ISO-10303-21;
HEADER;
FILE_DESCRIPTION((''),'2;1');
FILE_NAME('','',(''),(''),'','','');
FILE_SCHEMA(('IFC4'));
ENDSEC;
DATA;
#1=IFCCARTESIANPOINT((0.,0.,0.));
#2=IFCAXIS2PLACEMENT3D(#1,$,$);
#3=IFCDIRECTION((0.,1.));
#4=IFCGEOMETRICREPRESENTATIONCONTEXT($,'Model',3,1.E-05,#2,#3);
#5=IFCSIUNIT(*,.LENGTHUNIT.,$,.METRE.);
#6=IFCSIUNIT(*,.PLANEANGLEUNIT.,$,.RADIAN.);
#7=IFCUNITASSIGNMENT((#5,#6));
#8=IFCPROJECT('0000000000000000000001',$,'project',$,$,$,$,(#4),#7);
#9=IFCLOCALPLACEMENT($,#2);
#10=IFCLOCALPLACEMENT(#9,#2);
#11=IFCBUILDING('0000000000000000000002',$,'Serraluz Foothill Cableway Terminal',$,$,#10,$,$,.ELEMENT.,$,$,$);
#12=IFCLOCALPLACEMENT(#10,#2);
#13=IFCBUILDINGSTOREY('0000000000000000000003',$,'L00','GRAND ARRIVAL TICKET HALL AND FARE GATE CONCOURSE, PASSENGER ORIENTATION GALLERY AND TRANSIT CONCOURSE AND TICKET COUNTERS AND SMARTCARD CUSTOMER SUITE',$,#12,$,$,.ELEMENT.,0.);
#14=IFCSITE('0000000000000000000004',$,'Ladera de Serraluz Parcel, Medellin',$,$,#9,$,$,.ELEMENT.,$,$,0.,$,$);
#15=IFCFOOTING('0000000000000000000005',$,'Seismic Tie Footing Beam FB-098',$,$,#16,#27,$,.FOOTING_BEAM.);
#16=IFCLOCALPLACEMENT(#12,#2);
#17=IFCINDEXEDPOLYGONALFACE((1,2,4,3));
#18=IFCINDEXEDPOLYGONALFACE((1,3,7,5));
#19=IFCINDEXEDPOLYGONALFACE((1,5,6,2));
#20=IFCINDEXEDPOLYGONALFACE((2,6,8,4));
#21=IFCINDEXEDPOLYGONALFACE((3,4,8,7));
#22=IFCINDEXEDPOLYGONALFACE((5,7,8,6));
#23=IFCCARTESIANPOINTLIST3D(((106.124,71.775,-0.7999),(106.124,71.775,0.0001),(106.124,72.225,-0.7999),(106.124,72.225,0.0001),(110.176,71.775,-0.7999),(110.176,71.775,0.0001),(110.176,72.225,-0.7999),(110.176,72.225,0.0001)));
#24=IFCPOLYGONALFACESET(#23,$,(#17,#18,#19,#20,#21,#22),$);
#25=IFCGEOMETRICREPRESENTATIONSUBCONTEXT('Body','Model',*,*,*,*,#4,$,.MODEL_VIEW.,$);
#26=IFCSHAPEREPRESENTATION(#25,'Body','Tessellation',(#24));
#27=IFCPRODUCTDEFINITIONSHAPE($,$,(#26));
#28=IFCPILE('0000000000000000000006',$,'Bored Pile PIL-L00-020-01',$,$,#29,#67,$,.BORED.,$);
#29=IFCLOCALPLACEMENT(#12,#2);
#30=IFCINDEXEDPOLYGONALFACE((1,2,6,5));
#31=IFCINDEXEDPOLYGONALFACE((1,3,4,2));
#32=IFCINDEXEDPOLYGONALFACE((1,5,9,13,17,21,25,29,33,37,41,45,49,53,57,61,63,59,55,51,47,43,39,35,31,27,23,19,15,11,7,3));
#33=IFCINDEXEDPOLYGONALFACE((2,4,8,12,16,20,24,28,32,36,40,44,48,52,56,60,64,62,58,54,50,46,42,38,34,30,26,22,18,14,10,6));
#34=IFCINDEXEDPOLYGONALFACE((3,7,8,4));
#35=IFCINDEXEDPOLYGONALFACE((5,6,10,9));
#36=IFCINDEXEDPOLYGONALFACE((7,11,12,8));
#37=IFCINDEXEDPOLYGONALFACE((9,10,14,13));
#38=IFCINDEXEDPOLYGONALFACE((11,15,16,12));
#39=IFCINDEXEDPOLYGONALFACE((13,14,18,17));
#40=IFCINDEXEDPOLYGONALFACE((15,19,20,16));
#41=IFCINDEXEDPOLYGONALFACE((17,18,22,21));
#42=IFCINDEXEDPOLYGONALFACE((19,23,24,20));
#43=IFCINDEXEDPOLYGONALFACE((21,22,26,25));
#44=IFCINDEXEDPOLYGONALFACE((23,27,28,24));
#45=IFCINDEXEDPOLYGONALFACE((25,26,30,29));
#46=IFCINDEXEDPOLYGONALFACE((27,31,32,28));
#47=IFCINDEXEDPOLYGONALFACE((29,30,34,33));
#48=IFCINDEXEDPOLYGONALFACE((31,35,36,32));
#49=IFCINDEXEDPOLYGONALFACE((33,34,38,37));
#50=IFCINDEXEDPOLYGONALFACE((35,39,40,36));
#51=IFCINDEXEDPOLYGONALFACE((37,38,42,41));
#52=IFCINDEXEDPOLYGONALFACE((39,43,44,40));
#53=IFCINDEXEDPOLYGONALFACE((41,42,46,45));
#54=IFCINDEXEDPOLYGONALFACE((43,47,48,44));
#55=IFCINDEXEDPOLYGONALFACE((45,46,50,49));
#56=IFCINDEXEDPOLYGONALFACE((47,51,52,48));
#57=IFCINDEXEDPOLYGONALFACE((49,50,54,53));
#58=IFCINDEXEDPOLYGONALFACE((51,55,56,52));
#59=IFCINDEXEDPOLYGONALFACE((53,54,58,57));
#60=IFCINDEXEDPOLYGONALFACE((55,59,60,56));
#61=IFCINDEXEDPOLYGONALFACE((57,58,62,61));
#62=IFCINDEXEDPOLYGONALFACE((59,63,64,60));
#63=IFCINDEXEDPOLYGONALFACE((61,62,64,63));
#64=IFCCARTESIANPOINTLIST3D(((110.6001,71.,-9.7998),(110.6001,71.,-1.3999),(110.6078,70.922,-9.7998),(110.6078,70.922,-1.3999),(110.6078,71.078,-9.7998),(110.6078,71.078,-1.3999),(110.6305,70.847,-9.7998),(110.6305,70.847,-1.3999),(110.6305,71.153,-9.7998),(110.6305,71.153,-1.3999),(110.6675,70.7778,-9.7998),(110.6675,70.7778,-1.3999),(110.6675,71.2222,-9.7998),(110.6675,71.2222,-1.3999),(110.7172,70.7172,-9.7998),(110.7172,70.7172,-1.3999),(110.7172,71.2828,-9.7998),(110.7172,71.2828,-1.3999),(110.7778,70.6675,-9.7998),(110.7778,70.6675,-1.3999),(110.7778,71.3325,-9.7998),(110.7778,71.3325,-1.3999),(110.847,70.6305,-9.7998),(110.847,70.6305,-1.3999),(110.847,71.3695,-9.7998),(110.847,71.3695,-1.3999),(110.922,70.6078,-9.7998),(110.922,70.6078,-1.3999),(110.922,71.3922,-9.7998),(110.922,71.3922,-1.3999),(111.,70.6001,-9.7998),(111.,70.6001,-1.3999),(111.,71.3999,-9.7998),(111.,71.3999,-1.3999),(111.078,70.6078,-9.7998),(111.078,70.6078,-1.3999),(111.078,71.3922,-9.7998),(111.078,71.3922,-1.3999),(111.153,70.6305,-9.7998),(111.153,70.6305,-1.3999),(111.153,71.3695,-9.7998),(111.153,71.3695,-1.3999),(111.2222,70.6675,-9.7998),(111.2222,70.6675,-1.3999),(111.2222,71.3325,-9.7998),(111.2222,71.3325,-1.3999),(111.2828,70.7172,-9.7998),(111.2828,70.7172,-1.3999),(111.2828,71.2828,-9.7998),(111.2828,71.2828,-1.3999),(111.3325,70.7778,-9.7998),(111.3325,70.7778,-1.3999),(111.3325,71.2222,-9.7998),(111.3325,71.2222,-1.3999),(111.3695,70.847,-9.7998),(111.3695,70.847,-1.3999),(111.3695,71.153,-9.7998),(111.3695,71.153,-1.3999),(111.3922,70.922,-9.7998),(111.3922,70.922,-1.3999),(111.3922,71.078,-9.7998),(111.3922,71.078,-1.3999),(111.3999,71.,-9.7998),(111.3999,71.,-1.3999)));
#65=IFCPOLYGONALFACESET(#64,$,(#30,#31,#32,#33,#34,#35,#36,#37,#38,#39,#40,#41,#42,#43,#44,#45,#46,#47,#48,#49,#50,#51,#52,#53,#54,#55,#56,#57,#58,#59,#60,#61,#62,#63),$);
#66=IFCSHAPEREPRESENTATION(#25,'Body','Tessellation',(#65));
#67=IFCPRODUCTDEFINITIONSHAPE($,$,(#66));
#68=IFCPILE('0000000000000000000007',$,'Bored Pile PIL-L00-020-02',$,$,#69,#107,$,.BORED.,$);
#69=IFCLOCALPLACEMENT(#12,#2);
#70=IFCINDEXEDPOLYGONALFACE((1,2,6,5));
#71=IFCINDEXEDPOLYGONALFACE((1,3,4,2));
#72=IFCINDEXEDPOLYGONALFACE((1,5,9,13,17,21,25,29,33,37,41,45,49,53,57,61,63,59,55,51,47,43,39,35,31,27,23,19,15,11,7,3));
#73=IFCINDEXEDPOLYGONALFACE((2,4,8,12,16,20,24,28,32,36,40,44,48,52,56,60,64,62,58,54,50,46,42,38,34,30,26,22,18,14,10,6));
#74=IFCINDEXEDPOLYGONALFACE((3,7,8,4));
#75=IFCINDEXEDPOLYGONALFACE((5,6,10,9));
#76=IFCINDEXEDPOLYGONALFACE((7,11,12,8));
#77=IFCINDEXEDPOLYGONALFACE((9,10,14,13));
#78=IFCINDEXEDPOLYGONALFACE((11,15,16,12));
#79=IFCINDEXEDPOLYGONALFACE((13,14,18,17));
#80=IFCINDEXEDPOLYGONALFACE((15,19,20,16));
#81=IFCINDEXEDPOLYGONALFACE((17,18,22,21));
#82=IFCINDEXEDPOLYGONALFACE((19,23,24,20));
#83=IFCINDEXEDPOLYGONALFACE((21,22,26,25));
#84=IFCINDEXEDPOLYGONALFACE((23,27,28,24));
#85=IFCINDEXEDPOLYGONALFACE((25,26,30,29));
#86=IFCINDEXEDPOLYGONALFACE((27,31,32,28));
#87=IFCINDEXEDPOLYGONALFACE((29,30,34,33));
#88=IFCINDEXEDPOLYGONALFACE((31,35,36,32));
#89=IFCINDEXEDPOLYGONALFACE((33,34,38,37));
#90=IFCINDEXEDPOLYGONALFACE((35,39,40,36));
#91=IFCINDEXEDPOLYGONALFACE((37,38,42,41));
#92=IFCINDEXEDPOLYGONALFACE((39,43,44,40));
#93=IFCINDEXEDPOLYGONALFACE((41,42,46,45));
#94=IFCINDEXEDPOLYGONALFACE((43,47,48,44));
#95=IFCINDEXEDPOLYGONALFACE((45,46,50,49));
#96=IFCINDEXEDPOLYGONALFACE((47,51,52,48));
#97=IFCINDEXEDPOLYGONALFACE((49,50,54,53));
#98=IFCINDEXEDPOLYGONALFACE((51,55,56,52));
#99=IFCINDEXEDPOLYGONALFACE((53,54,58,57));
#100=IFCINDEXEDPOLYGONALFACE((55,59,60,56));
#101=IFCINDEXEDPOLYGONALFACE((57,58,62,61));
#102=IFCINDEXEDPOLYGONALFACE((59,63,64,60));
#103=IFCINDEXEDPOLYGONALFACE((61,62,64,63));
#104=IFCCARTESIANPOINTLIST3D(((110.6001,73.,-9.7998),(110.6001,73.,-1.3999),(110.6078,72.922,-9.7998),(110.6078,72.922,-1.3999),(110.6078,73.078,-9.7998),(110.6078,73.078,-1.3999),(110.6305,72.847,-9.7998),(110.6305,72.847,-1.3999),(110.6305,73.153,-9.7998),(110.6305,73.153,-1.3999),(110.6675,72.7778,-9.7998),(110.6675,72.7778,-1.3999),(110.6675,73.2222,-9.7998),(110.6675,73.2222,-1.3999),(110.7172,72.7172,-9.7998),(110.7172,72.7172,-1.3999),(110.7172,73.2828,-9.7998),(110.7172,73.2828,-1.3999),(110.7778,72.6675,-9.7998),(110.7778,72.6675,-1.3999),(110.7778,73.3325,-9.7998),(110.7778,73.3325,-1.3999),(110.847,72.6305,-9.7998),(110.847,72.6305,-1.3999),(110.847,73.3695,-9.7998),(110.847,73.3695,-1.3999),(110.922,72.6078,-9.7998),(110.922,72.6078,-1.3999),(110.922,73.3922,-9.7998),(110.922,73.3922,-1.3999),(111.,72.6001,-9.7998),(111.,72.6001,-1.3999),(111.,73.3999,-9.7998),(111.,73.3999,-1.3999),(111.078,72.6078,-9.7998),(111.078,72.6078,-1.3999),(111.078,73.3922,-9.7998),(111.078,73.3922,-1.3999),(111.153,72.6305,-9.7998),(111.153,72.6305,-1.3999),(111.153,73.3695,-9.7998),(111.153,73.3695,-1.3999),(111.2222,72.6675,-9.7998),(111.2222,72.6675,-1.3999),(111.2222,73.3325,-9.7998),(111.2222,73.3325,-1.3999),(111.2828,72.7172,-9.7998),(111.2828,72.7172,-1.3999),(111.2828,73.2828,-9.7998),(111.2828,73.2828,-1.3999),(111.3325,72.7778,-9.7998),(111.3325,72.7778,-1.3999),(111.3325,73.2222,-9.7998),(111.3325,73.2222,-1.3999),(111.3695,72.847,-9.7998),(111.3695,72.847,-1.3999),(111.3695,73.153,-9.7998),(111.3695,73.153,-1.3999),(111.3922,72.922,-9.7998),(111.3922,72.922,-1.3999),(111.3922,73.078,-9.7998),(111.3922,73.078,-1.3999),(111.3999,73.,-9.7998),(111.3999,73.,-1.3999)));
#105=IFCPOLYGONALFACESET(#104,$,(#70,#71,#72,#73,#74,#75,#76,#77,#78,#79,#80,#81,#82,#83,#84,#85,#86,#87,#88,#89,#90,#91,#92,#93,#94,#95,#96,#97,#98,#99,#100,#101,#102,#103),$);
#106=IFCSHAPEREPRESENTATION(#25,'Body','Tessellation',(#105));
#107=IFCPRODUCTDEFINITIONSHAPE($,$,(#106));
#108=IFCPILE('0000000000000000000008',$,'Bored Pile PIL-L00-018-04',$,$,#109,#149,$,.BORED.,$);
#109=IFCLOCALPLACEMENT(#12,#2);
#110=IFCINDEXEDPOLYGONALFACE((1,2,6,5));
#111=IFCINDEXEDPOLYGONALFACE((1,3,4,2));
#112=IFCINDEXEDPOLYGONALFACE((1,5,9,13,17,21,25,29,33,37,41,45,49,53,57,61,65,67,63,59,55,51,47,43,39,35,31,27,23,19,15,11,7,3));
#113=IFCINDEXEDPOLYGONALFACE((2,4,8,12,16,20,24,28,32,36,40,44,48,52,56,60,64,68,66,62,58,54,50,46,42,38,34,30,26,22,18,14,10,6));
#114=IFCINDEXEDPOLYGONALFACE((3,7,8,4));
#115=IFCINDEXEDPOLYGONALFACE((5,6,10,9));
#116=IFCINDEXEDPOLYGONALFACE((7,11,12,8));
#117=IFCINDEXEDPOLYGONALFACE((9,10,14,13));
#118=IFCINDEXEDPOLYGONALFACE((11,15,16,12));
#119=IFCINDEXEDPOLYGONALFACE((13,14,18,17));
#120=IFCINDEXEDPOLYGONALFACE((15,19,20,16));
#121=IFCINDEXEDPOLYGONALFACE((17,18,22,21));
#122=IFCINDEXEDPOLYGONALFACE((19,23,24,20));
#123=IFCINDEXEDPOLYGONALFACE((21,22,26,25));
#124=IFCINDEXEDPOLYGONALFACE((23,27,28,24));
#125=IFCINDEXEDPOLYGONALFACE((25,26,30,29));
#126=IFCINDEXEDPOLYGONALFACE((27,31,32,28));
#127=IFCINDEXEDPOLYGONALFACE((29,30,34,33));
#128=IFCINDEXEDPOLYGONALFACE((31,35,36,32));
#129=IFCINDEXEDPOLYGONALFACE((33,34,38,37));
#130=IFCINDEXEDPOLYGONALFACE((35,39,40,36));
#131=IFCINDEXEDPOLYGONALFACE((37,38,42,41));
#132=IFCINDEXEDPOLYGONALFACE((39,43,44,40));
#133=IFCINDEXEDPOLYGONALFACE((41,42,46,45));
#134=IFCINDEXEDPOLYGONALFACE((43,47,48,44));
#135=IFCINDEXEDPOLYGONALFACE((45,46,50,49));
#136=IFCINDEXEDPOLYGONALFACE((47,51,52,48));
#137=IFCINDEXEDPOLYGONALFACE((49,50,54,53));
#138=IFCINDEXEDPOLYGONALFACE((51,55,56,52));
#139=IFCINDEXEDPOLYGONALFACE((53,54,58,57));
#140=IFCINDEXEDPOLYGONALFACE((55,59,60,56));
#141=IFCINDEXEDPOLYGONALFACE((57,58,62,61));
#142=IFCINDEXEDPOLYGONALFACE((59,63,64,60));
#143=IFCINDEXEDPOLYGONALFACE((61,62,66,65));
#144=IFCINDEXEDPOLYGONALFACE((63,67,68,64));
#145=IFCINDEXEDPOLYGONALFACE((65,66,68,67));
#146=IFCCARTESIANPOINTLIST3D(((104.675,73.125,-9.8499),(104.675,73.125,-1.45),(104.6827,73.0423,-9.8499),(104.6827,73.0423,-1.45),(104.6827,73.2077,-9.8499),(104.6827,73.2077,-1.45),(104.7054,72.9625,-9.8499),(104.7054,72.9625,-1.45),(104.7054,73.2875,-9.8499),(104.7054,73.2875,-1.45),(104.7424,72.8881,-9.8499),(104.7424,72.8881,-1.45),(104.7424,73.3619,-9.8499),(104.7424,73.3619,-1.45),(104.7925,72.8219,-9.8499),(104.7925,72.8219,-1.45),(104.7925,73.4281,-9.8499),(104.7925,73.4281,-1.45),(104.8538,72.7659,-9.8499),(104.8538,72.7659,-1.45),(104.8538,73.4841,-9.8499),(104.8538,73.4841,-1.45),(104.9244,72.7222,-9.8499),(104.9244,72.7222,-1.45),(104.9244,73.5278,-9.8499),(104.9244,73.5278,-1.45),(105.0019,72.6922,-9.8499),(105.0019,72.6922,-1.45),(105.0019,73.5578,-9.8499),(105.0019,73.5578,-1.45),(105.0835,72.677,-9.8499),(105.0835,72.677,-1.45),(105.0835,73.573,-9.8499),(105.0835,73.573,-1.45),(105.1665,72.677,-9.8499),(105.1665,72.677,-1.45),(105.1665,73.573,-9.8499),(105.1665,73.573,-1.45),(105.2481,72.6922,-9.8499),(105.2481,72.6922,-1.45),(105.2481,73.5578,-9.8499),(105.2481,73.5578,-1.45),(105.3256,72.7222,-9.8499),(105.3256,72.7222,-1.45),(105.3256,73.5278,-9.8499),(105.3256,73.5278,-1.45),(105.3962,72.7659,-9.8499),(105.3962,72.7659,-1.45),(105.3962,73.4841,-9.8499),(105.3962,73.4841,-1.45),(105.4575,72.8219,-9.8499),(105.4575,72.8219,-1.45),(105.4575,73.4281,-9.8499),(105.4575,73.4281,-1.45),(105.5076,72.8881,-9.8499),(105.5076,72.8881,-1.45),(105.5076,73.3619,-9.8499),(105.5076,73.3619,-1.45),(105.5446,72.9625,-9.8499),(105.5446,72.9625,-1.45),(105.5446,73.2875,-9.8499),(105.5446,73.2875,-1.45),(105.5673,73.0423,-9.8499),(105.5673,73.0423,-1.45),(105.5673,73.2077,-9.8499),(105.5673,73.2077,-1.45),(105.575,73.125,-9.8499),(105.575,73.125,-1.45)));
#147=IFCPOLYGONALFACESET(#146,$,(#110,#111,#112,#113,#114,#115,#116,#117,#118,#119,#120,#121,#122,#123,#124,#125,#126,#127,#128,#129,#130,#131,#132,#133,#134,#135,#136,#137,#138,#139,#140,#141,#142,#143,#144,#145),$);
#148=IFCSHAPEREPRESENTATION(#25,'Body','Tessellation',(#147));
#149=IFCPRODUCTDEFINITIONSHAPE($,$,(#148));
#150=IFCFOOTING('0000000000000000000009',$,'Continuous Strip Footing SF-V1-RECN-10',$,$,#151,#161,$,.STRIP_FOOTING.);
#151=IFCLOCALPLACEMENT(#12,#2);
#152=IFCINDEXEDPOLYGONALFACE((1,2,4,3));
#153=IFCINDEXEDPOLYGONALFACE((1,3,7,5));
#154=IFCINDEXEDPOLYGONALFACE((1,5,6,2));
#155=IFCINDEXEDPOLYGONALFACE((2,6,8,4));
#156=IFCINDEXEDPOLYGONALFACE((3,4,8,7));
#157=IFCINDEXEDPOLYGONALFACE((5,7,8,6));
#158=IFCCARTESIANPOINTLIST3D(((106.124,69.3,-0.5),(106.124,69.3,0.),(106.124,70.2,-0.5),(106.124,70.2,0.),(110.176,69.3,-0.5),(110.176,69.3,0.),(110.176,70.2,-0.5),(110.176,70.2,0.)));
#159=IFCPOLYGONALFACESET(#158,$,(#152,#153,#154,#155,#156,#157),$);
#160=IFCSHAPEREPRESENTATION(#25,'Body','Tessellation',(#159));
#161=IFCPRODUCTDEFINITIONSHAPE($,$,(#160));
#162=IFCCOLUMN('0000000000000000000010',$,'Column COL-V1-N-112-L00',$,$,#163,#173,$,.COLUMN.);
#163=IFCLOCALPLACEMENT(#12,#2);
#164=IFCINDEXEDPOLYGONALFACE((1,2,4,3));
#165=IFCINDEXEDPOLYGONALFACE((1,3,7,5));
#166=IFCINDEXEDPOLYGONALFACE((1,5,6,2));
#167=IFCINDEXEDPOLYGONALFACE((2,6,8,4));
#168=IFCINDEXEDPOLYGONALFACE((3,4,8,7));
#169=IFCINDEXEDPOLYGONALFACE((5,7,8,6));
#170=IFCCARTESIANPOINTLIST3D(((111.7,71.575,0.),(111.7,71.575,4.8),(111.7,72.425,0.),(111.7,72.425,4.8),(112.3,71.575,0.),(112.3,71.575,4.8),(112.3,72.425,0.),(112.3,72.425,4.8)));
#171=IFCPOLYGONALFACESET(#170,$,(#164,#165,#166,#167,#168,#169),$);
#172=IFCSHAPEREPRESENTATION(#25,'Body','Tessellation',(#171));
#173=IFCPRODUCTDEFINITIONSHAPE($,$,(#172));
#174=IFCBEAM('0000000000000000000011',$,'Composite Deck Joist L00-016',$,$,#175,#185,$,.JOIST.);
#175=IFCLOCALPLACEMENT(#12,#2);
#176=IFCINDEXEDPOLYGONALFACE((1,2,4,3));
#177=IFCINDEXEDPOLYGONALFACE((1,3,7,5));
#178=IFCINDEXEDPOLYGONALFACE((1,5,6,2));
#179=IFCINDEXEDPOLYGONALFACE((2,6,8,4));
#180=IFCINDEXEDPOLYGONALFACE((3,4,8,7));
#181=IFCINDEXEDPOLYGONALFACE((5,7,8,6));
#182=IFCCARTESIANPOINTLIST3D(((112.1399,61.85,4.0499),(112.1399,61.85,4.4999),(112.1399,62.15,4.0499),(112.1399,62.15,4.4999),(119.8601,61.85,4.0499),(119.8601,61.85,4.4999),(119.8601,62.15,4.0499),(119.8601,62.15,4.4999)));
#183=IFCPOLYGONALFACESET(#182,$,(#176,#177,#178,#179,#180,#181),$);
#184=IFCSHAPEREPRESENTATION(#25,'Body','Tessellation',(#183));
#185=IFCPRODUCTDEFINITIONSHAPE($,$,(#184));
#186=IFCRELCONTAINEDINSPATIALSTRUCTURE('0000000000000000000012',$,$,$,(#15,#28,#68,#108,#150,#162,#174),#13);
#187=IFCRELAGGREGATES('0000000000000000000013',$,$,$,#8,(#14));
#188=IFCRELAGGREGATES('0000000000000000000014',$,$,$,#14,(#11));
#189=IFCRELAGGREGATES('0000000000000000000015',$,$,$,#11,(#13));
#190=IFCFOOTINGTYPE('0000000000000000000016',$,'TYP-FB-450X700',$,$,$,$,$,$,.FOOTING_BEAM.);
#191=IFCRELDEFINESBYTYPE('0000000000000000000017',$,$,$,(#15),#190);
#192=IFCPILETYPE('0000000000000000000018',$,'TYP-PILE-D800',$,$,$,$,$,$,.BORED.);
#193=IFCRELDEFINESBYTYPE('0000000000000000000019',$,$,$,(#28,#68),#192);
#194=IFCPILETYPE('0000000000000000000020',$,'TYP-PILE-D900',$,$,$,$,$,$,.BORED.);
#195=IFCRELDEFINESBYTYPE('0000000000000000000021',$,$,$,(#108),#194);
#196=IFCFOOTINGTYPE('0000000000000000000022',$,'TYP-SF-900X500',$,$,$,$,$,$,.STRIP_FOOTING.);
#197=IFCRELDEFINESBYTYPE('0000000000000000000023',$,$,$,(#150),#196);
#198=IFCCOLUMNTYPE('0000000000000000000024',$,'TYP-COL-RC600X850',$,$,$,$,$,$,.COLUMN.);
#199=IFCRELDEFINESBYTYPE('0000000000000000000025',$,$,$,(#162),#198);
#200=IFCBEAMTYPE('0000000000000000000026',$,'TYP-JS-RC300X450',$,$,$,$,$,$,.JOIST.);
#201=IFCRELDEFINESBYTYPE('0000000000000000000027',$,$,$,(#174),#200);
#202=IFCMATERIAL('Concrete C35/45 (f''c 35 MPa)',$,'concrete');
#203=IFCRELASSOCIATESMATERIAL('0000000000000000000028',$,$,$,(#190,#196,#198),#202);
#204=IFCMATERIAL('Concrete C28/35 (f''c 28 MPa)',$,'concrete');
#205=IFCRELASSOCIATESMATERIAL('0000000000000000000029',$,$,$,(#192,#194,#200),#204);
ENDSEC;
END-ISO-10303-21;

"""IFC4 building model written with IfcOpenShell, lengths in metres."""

from ifc_helpers import new_model, si_unit, direction, frame, origin, origin_2d, place, context, subcontext, project, spatial, rectangle, circle, extrude, material, material_profile, profile_set, type_object, element, save


model = new_model("IFC4")

# Units and contexts
model_context = context("Model", 3, precision=1e-05, world=origin(), true_north=direction((0.0, 1.0)))
body_context = subcontext(model_context, "Body", "Model", "MODEL_VIEW")
ifc_project = project(units=[si_unit("LENGTHUNIT", "METRE"), si_unit("PLANEANGLEUNIT", "RADIAN")], contexts=[model_context])

# Site, building, storey
site_placement = place(None, origin())
site = spatial("IfcSite", under=ifc_project, at=site_placement, Name="Ladera de Serraluz Parcel, Medellin", CompositionType="ELEMENT", RefElevation=0.0)
building_placement = place(site_placement, origin())
building = spatial("IfcBuilding", under=site, at=building_placement, Name="Serraluz Foothill Cableway Terminal", CompositionType="ELEMENT")
storey_placement = place(building_placement, origin())
storey = spatial("IfcBuildingStorey", under=building, at=storey_placement, Name="L00", Description="GRAND ARRIVAL TICKET HALL AND FARE GATE CONCOURSE, PASSENGER ORIENTATION GALLERY AND TRANSIT CONCOURSE AND TICKET COUNTERS AND SMARTCARD CUSTOMER SUITE", CompositionType="ELEMENT", Elevation=0.0)

# Footing
ifc_material_1 = material(Name="Concrete C35/45 (f'c 35 MPa)", Category="concrete")
ifc_material_profile_1 = material_profile(ifc_material_1, rectangle(XDim=0.45, YDim=0.8, at=origin_2d()), Name="RC 450x800")
ifc_profile_set_1 = profile_set([ifc_material_profile_1], Name="Concrete C35/45 (f'c 35 MPa)")
footing_type_1 = type_object("IfcFootingType", Name="TYP-FB-450X700", PredefinedType="FOOTING_BEAM", material=ifc_profile_set_1)
footing_1_placement = place(storey_placement, frame((106.124, 72.0, -0.3999), z_axis=(1.0, 0.0, 0.0), x_axis=(0.0, 1.0, 0.0)))
element("IfcFooting", 1, at=footing_1_placement, inside=storey, type_object=footing_type_1, Name="Seismic Tie Footing Beam FB-098", PredefinedType="FOOTING_BEAM", context=body_context, shape_type="SweptSolid", body=[
    extrude(rectangle(XDim=0.45, YDim=0.8, at=origin_2d()), origin(), (0.0, 0.0, 1.0), 4.052),
])

# Piles
ifc_material_2 = material(Name="Concrete C28/35 (f'c 28 MPa)", Category="concrete")
ifc_material_profile_2 = material_profile(ifc_material_2, circle(Radius=0.3999, at=origin_2d()), Name="BORED PILE D800")
ifc_profile_set_2 = profile_set([ifc_material_profile_2], Name="Concrete C28/35 (f'c 28 MPa)")
pile_type_1 = type_object("IfcPileType", Name="TYP-PILE-D800", PredefinedType="BORED", material=ifc_profile_set_2)
for number, where, z_axis, x_axis, name in (
    (2, (111.0, 71.0, -1.3999), (0.0, 0.0, -1.0), (1.0, 0.0, 0.0), "Bored Pile PIL-L00-020-01"),
    (3, (111.0, 73.0, -1.3999), (0.0, 0.0, -1.0), (1.0, 0.0, 0.0), "Bored Pile PIL-L00-020-02"),
):
    element("IfcPile", number, at=place(storey_placement, frame(where, z_axis=z_axis, x_axis=x_axis)), inside=storey, type_object=pile_type_1, Name=name, PredefinedType="BORED", context=body_context, shape_type="SweptSolid", body=[
        extrude(circle(Radius=0.3999, at=origin_2d()), origin(), (0.0, 0.0, 1.0), 8.3999),
    ])
ifc_material_profile_3 = material_profile(ifc_material_2, circle(Radius=0.45, at=origin_2d()), Name="BORED PILE D900")
ifc_profile_set_3 = profile_set([ifc_material_profile_3], Name="Concrete C28/35 (f'c 28 MPa)")
pile_type_2 = type_object("IfcPileType", Name="TYP-PILE-D900", PredefinedType="BORED", material=ifc_profile_set_3)
pile_placement = place(storey_placement, frame((105.125, 73.125, -1.45), z_axis=(0.0, 0.0, -1.0), x_axis=(1.0, 0.0, 0.0)))
element("IfcPile", 4, at=pile_placement, inside=storey, type_object=pile_type_2, Name="Bored Pile PIL-L00-018-04", PredefinedType="BORED", context=body_context, shape_type="SweptSolid", body=[
    extrude(circle(Radius=0.45, at=origin_2d()), origin(), (0.0, 0.0, 1.0), 8.3999),
])

# Footing
ifc_material_profile_4 = material_profile(ifc_material_1, rectangle(XDim=0.8999, YDim=0.5, at=origin_2d()), Name="SF 900x500")
ifc_profile_set_4 = profile_set([ifc_material_profile_4], Name="Concrete C35/45 (f'c 35 MPa)")
footing_type_2 = type_object("IfcFootingType", Name="TYP-SF-900X500", PredefinedType="STRIP_FOOTING", material=ifc_profile_set_4)
footing_2_placement = place(storey_placement, frame((106.124, 69.75, -0.25), z_axis=(1.0, 0.0, 0.0), x_axis=(0.0, 1.0, 0.0)))
element("IfcFooting", 5, at=footing_2_placement, inside=storey, type_object=footing_type_2, Name="Continuous Strip Footing SF-V1-RECN-10", PredefinedType="STRIP_FOOTING", context=body_context, shape_type="SweptSolid", body=[
    extrude(rectangle(XDim=0.8999, YDim=0.5, at=origin_2d()), origin(), (0.0, 0.0, 1.0), 4.052),
])

# Column
ifc_material_profile_5 = material_profile(ifc_material_1, rectangle(XDim=0.6001, YDim=0.8501, at=origin_2d()), Name="RC 600x850")
ifc_profile_set_5 = profile_set([ifc_material_profile_5], Name="Concrete C35/45 (f'c 35 MPa)")
column_type = type_object("IfcColumnType", Name="TYP-COL-RC600X850", PredefinedType="COLUMN", material=ifc_profile_set_5)
column_placement = place(storey_placement, frame((112.0, 72.0, 0.0), z_axis=(0.0, 0.0, 1.0), x_axis=(1.0, 0.0, 0.0)))
element("IfcColumn", 6, at=column_placement, inside=storey, type_object=column_type, Name="Column COL-V1-N-112-L00", PredefinedType="COLUMN", context=body_context, shape_type="SweptSolid", body=[
    extrude(rectangle(XDim=0.6001, YDim=0.8501, at=origin_2d()), origin(), (0.0, 0.0, 1.0), 4.8),
])

# Beam
ifc_material_profile_6 = material_profile(ifc_material_2, rectangle(XDim=0.3, YDim=0.45, at=origin_2d()), Name="RC 300x450")
ifc_profile_set_6 = profile_set([ifc_material_profile_6], Name="Concrete C28/35 (f'c 28 MPa)")
beam_type_1 = type_object("IfcBeamType", Name="TYP-JS-RC300X450", PredefinedType="JOIST", material=ifc_profile_set_6)
for number, where, z_axis, x_axis, name in (
    (7, (112.1399, 62.0, 4.2749), (1.0, 0.0, 0.0), (0.0, 1.0, 0.0), "Composite Deck Joist L00-016"),
):
    element("IfcBeam", number, at=place(storey_placement, frame(where, z_axis=z_axis, x_axis=x_axis)), inside=storey, type_object=beam_type_1, Name=name, PredefinedType="JOIST", context=body_context, shape_type="SweptSolid", body=[
        extrude(rectangle(XDim=0.3, YDim=0.45, at=origin_2d()), origin(), (0.0, 0.0, 1.0), 7.7202),
    ])

save(model, "model.ifc")
